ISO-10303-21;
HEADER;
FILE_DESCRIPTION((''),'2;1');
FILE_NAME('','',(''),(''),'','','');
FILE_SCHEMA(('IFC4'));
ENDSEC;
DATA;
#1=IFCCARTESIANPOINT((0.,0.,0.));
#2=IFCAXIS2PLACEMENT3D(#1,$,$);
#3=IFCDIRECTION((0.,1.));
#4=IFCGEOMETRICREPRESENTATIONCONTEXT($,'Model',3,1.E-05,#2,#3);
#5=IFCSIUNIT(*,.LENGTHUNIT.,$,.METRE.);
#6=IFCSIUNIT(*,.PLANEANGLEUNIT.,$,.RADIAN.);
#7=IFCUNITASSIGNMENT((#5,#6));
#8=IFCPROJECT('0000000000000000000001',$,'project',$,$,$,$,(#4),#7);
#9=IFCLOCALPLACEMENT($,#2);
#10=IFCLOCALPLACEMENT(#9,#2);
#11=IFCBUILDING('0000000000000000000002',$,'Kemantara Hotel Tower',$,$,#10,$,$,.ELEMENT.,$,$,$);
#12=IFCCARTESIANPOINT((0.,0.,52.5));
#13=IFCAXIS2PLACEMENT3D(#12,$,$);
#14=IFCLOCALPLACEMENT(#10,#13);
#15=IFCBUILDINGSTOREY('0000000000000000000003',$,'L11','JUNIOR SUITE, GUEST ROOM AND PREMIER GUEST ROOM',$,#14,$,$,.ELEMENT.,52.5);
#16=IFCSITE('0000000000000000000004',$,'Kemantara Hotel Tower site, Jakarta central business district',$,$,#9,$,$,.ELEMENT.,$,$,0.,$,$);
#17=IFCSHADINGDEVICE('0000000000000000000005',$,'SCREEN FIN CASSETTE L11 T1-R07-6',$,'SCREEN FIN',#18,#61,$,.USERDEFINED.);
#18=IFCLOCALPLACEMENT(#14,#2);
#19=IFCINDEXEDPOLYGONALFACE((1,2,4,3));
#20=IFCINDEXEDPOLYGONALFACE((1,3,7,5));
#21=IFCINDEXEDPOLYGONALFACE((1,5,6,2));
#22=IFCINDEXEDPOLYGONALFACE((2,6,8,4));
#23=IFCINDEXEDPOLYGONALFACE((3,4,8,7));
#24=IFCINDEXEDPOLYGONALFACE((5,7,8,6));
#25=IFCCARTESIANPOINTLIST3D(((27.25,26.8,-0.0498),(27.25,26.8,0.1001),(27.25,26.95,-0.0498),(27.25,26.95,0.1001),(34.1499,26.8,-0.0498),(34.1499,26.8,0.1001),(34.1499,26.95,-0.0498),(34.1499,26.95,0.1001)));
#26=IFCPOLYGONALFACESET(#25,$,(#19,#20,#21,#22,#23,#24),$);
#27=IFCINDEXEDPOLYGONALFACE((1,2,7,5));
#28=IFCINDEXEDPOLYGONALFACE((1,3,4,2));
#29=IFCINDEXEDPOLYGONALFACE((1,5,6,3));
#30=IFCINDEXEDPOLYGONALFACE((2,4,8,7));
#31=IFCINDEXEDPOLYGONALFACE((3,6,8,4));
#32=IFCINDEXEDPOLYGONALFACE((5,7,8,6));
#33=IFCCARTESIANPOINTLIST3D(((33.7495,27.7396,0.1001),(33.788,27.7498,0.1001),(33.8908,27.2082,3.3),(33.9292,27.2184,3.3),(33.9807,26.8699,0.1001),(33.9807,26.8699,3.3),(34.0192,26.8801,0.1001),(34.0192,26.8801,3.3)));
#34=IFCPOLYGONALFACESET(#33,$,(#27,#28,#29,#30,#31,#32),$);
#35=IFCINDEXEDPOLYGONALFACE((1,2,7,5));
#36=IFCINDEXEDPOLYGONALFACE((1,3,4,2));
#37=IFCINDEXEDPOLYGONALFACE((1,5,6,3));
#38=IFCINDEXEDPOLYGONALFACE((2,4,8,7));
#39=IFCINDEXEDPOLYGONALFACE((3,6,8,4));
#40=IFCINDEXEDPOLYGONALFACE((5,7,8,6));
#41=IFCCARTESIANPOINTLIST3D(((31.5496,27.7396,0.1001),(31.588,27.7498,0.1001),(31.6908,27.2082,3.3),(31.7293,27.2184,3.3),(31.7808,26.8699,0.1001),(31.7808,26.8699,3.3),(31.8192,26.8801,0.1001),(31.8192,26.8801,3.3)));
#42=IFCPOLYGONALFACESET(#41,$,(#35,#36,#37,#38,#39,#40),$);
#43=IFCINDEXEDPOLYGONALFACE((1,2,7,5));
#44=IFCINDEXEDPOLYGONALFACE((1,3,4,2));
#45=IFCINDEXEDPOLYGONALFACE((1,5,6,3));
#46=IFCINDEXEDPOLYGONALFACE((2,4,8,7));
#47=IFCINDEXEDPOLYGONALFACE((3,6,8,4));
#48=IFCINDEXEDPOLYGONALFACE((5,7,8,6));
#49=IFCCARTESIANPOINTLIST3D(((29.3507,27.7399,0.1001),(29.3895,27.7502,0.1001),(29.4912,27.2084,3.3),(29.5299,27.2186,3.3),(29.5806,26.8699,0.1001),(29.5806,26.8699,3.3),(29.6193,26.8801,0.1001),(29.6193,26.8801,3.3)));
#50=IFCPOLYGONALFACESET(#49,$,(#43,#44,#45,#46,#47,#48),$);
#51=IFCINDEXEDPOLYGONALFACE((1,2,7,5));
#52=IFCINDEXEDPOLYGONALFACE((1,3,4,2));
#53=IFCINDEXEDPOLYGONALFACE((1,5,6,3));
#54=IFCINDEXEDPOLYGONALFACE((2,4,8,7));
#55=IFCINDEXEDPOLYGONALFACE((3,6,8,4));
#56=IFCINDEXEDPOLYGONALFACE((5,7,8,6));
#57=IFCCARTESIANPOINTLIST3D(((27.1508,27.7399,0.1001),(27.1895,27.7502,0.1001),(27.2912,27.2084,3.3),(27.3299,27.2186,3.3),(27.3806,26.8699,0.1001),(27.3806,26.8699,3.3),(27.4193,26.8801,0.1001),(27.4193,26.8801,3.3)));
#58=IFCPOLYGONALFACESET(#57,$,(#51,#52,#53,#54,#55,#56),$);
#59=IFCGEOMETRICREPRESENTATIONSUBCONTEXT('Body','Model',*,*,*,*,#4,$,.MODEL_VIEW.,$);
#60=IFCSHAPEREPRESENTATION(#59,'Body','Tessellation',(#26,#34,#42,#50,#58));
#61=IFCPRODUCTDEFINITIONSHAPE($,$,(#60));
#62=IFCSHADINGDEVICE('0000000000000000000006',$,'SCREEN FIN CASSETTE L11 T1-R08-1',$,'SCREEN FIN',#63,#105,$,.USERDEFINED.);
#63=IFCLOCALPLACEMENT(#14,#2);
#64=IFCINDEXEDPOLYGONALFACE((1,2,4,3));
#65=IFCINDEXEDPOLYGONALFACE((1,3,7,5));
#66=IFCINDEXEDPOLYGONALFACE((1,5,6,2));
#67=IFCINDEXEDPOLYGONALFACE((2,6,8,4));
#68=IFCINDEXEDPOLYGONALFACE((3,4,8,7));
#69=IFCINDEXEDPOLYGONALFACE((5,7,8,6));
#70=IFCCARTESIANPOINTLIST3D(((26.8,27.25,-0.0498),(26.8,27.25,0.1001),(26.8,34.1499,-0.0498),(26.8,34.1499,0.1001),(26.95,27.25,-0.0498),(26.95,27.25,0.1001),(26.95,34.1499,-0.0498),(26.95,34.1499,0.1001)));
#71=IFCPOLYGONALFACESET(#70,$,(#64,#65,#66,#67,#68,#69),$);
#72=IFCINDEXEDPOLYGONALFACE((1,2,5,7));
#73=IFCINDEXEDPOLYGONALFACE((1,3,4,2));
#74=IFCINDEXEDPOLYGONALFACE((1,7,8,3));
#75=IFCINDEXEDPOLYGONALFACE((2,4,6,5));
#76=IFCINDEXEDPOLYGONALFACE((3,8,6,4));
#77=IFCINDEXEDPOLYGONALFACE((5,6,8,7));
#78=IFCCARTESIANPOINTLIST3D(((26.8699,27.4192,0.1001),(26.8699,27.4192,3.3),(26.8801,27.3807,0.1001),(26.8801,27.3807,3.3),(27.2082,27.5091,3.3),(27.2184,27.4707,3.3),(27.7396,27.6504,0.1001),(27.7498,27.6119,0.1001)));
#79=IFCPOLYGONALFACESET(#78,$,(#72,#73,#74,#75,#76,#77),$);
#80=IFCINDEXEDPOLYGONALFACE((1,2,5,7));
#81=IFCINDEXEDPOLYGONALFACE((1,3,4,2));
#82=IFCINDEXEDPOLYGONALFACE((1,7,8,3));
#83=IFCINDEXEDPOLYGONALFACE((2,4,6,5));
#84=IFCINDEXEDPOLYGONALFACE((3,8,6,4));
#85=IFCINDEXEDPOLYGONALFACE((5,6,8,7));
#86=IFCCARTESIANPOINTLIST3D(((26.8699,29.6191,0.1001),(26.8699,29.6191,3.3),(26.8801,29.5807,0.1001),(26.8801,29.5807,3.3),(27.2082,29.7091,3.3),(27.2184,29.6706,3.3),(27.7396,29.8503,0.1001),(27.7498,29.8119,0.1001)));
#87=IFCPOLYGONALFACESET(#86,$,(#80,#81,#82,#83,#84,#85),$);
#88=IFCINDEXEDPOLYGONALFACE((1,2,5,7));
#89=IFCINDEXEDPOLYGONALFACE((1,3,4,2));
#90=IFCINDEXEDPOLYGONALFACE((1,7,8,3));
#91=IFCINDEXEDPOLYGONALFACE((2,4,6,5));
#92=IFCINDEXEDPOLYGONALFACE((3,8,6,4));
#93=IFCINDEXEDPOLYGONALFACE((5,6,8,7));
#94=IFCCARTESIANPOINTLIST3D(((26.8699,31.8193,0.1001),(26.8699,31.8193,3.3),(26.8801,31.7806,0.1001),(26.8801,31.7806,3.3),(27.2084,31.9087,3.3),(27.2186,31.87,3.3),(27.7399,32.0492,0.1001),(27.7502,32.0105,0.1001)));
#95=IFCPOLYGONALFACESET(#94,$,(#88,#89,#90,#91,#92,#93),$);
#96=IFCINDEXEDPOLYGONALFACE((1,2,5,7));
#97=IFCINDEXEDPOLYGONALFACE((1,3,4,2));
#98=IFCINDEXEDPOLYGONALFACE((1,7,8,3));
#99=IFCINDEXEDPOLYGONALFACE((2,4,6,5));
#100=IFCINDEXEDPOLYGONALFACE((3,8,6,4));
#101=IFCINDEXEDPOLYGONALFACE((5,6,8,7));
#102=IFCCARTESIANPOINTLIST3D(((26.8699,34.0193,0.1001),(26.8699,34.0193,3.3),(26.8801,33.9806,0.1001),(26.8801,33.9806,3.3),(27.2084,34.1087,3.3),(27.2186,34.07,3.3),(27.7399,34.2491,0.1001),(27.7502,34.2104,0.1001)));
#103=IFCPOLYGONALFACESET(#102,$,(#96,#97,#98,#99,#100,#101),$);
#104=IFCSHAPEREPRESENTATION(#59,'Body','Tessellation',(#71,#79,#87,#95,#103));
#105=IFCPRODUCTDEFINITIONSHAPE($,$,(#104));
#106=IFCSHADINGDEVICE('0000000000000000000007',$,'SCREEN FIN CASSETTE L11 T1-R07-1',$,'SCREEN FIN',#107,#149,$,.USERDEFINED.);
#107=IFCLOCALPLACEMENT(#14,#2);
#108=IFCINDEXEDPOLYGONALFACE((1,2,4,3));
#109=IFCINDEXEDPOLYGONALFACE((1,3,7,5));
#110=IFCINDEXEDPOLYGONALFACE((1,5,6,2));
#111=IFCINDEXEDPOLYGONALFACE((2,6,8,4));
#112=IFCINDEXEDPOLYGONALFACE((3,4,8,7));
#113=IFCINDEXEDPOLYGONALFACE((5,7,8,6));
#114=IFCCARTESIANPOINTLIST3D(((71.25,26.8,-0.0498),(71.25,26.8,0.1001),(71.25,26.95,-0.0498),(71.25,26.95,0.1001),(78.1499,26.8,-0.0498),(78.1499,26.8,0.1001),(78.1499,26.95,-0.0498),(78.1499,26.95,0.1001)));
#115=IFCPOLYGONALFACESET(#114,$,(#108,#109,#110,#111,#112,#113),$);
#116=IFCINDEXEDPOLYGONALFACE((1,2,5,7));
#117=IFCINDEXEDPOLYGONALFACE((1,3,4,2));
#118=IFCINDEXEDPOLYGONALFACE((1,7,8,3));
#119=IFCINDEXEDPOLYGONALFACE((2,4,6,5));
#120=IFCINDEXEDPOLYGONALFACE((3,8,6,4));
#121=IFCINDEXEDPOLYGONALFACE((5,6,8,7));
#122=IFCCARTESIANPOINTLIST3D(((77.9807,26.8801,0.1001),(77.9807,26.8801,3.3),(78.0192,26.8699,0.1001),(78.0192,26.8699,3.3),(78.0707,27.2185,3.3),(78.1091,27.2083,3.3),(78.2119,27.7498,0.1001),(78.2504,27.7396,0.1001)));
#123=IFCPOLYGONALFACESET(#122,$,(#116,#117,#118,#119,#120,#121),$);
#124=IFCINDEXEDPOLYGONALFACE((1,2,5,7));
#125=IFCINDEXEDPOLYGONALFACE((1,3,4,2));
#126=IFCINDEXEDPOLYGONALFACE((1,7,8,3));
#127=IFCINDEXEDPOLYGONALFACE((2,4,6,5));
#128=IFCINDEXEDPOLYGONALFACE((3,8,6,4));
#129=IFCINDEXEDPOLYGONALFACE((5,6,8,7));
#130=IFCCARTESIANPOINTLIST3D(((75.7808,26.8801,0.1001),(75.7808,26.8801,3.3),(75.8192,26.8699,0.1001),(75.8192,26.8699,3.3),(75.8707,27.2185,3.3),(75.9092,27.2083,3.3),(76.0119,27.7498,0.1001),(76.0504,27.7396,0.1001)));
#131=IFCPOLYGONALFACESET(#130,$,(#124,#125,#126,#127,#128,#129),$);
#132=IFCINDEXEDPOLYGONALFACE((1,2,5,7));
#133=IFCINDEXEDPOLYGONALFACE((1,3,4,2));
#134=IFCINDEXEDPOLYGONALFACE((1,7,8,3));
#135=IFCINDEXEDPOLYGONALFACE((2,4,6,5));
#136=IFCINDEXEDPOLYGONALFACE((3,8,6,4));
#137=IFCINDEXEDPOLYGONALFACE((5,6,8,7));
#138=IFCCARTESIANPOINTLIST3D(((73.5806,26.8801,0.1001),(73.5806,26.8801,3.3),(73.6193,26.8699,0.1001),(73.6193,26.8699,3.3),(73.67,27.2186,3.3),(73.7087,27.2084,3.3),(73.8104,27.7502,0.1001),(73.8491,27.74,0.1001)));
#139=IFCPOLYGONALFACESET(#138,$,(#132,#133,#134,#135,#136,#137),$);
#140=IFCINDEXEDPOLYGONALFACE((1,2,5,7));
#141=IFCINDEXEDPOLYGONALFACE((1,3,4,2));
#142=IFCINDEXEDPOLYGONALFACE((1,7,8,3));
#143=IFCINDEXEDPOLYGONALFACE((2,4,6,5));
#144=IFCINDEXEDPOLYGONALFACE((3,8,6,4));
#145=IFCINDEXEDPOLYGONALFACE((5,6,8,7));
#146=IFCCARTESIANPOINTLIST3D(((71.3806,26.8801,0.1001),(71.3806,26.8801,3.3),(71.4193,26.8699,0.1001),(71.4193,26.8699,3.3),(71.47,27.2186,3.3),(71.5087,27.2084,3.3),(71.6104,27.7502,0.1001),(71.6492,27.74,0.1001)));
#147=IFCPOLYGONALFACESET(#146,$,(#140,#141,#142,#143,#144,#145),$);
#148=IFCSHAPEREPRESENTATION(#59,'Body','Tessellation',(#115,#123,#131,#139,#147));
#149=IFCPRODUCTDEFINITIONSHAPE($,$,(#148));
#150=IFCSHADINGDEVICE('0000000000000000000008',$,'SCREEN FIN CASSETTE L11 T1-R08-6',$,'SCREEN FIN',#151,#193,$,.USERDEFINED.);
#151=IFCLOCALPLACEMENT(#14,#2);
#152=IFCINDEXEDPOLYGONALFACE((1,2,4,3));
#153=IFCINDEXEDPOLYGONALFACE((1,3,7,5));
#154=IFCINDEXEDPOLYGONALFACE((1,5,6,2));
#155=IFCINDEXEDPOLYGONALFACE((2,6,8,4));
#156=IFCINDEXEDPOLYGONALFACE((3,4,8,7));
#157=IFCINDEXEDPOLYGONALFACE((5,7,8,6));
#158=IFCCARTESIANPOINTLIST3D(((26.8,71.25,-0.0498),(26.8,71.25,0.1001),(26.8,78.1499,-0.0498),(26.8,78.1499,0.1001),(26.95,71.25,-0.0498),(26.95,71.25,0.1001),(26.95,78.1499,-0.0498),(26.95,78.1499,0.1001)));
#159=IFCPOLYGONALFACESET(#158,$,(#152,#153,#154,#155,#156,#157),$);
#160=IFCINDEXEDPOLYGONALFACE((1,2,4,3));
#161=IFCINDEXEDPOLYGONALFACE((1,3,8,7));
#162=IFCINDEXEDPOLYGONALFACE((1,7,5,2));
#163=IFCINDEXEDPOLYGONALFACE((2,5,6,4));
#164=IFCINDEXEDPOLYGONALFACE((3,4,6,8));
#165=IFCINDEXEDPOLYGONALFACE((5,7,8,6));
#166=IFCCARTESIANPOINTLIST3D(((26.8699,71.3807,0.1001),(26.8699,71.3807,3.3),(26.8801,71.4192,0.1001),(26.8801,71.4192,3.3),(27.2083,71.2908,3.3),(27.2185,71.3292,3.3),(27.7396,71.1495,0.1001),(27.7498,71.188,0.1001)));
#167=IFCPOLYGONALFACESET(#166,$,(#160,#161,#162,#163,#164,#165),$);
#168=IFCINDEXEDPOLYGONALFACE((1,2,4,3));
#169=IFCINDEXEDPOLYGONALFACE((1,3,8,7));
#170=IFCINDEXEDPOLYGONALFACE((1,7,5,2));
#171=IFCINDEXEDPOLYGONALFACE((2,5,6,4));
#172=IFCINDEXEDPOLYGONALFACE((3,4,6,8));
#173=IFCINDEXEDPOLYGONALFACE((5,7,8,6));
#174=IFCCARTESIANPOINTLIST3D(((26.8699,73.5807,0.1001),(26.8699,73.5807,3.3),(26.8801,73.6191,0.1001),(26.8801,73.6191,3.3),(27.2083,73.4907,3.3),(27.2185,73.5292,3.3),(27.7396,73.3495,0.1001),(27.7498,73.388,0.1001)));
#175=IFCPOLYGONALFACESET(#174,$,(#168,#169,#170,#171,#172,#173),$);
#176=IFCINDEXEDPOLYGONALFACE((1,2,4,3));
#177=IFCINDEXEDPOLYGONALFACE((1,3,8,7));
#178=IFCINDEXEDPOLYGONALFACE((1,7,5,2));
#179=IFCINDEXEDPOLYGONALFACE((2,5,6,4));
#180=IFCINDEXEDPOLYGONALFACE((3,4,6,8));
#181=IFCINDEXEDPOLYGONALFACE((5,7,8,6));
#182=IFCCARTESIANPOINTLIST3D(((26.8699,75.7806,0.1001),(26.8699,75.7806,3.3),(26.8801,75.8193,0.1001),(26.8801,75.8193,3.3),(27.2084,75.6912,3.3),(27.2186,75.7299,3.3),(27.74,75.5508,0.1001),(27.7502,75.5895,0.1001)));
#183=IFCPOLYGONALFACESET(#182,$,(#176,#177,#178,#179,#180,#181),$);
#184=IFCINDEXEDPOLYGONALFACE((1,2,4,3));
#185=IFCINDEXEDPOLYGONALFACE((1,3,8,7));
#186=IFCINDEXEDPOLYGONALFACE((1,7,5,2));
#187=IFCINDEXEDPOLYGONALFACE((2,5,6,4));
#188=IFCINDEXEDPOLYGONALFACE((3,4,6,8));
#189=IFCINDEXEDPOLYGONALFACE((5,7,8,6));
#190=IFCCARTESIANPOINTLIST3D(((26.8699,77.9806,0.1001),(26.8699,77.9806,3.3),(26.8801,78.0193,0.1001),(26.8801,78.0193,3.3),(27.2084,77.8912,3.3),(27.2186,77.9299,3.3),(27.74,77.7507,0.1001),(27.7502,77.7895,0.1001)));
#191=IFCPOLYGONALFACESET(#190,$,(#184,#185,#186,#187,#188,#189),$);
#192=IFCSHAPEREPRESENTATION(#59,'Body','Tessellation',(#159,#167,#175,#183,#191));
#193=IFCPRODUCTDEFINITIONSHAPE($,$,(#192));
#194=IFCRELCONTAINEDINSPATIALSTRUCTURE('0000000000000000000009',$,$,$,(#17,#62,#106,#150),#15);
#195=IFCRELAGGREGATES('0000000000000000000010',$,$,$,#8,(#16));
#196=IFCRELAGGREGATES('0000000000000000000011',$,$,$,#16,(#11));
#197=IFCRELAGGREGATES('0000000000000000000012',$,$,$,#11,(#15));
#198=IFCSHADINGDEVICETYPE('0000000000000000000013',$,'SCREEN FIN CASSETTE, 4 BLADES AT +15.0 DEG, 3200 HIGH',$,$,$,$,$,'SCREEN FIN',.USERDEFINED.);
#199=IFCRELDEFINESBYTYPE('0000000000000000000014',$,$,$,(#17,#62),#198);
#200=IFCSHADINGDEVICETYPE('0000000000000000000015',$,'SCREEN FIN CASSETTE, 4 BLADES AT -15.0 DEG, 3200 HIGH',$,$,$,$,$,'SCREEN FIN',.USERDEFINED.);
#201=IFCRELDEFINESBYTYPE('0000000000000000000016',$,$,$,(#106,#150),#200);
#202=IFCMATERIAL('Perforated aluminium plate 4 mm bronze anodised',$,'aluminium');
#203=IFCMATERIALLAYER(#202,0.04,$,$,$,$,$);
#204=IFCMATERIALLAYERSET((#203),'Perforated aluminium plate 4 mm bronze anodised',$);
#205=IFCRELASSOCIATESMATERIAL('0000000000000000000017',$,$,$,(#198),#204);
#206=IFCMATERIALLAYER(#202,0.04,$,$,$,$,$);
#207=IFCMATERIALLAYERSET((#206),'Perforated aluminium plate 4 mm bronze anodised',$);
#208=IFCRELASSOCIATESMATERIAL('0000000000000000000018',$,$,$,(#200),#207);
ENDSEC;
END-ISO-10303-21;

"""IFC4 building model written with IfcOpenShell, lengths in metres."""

from ifc_helpers import new_model, si_unit, direction, frame, origin, origin_2d, place, context, subcontext, project, spatial, polyline, rectangle, outline, extrude, source, transform, mapped, material, layer, layer_set, type_object, element, save


model = new_model("IFC4")

# Units and contexts
model_context = context("Model", 3, precision=1e-05, world=origin(), true_north=direction((0.0, 1.0)))
body_context = subcontext(model_context, "Body", "Model", "MODEL_VIEW")
ifc_project = project(units=[si_unit("LENGTHUNIT", "METRE"), si_unit("PLANEANGLEUNIT", "RADIAN")], contexts=[model_context])

# Site, building, storey
site_placement = place(None, origin())
site = spatial("IfcSite", under=ifc_project, at=site_placement, Name="Kemantara Hotel Tower site, Jakarta central business district", CompositionType="ELEMENT", RefElevation=0.0)
building_placement = place(site_placement, origin())
building = spatial("IfcBuilding", under=site, at=building_placement, Name="Kemantara Hotel Tower", CompositionType="ELEMENT")
storey_placement = place(building_placement, frame((0.0, 0.0, 52.5)))
storey = spatial("IfcBuildingStorey", under=building, at=storey_placement, Name="L11", Description="JUNIOR SUITE, GUEST ROOM AND PREMIER GUEST ROOM", CompositionType="ELEMENT", Elevation=52.5)

# Shading devices
ifc_material_1 = material(Name="Perforated aluminium plate 4 mm bronze anodised", Category="aluminium")
ifc_layer_1 = layer(ifc_material_1, 0.04)
ifc_layer_set_1 = layer_set([ifc_layer_1], Name="Perforated aluminium plate 4 mm bronze anodised")
shading_device_type_1 = type_object("IfcShadingDeviceType", Name="SCREEN FIN CASSETTE, 4 BLADES AT +15.0 DEG, 3200 HIGH", ElementType="SCREEN FIN", PredefinedType="USERDEFINED", material=ifc_layer_set_1)
shared_shape_1 = source(origin(), body_context, "Body", "SweptSolid", [
    extrude(rectangle(XDim=6.8999, YDim=0.1499, at=origin_2d()), frame((3.3, -0.075, -0.1499), z_axis=(0.0, 0.0, 1.0), x_axis=(1.0, 0.0, 0.0)), (0.0, 0.0, 1.0), 0.1499),
    extrude(outline(polyline([(0.0, 0.0), (0.8999, 0.0), (0.3501, 3.2), (0.0, 3.2), (0.0, 0.0)])), frame((0.0193, -0.0698, 0.0), z_axis=(-0.966438, -0.256901, 0.0), x_axis=(0.256901, -0.966438, 0.0)), (0.0, 0.0, 1.0), 0.0398),
    extrude(outline(polyline([(0.0, 0.0), (0.8999, 0.0), (0.3501, 3.2), (0.0, 3.2), (0.0, 0.0)])), frame((2.2192, -0.0698, 0.0), z_axis=(-0.966438, -0.256901, 0.0), x_axis=(0.256901, -0.966438, 0.0)), (0.0, 0.0, 1.0), 0.0398),
    extrude(outline(polyline([(0.0, 0.0), (0.8999, 0.0), (0.3501, 3.2), (0.0, 3.2), (0.0, 0.0)])), frame((4.4194, -0.0698, 0.0), z_axis=(-0.966838, -0.255391, 0.0), x_axis=(0.255391, -0.966838, 0.0)), (0.0, 0.0, 1.0), 0.04),
    extrude(outline(polyline([(0.0, 0.0), (0.8999, 0.0), (0.3501, 3.2), (0.0, 3.2), (0.0, 0.0)])), frame((6.6194, -0.0698, 0.0), z_axis=(-0.966838, -0.255391, 0.0), x_axis=(0.255391, -0.966838, 0.0)), (0.0, 0.0, 1.0), 0.04),
])
for number, where, z_axis, x_axis, name in (
    (1, (34.0, 26.8, 0.1001), (0.0, 0.0, 1.0), (-1.0, 0.0, 0.0), "SCREEN FIN CASSETTE L11 T1-R07-6"),
    (2, (26.8, 27.3999, 0.1001), (0.0, 0.0, 1.0), (0.0, 1.0, 0.0), "SCREEN FIN CASSETTE L11 T1-R08-1"),
):
    element("IfcShadingDevice", number, at=place(storey_placement, frame(where, z_axis=z_axis, x_axis=x_axis)), inside=storey, type_object=shading_device_type_1, Name=name, ObjectType="SCREEN FIN", PredefinedType="USERDEFINED", context=body_context, shape_type="MappedRepresentation", body=[
        mapped(shared_shape_1, transform((0.0, 0.0, 0.0))),
    ])
ifc_layer_2 = layer(ifc_material_1, 0.04)
ifc_layer_set_2 = layer_set([ifc_layer_2], Name="Perforated aluminium plate 4 mm bronze anodised")
shading_device_type_2 = type_object("IfcShadingDeviceType", Name="SCREEN FIN CASSETTE, 4 BLADES AT -15.0 DEG, 3200 HIGH", ElementType="SCREEN FIN", PredefinedType="USERDEFINED", material=ifc_layer_set_2)
shared_shape_2 = source(origin(), body_context, "Body", "SweptSolid", [
    extrude(rectangle(XDim=6.8999, YDim=0.1499, at=origin_2d()), frame((3.3, -0.075, -0.1499), z_axis=(0.0, 0.0, 1.0), x_axis=(1.0, 0.0, 0.0)), (0.0, 0.0, 1.0), 0.1499),
    extrude(outline(polyline([(0.0, 0.0), (0.8999, 0.0), (0.3501, 3.2), (0.0, 3.2), (0.0, 0.0)])), frame((0.0193, -0.0801, 0.0), z_axis=(-0.966438, 0.256901, 0.0), x_axis=(-0.256901, -0.966438, 0.0)), (0.0, 0.0, 1.0), 0.0398),
    extrude(outline(polyline([(0.0, 0.0), (0.8999, 0.0), (0.3501, 3.2), (0.0, 3.2), (0.0, 0.0)])), frame((2.2192, -0.0801, 0.0), z_axis=(-0.966438, 0.256901, 0.0), x_axis=(-0.256901, -0.966438, 0.0)), (0.0, 0.0, 1.0), 0.0398),
    extrude(outline(polyline([(0.0, 0.0), (0.8999, 0.0), (0.3501, 3.2), (0.0, 3.2), (0.0, 0.0)])), frame((4.4194, -0.0801, 0.0), z_axis=(-0.966838, 0.255391, 0.0), x_axis=(-0.255391, -0.966838, 0.0)), (0.0, 0.0, 1.0), 0.04),
    extrude(outline(polyline([(0.0, 0.0), (0.8999, 0.0), (0.3501, 3.2), (0.0, 3.2), (0.0, 0.0)])), frame((6.6194, -0.0801, 0.0), z_axis=(-0.966838, 0.255391, 0.0), x_axis=(-0.255391, -0.966838, 0.0)), (0.0, 0.0, 1.0), 0.04),
])
for number, where, z_axis, x_axis, name in (
    (3, (78.0, 26.8, 0.1001), (0.0, 0.0, 1.0), (-1.0, 0.0, 0.0), "SCREEN FIN CASSETTE L11 T1-R07-1"),
    (4, (26.8, 71.3999, 0.1001), (0.0, 0.0, 1.0), (0.0, 1.0, 0.0), "SCREEN FIN CASSETTE L11 T1-R08-6"),
):
    element("IfcShadingDevice", number, at=place(storey_placement, frame(where, z_axis=z_axis, x_axis=x_axis)), inside=storey, type_object=shading_device_type_2, Name=name, ObjectType="SCREEN FIN", PredefinedType="USERDEFINED", context=body_context, shape_type="MappedRepresentation", body=[
        mapped(shared_shape_2, transform((0.0, 0.0, 0.0))),
    ])

save(model, "model.ifc")
